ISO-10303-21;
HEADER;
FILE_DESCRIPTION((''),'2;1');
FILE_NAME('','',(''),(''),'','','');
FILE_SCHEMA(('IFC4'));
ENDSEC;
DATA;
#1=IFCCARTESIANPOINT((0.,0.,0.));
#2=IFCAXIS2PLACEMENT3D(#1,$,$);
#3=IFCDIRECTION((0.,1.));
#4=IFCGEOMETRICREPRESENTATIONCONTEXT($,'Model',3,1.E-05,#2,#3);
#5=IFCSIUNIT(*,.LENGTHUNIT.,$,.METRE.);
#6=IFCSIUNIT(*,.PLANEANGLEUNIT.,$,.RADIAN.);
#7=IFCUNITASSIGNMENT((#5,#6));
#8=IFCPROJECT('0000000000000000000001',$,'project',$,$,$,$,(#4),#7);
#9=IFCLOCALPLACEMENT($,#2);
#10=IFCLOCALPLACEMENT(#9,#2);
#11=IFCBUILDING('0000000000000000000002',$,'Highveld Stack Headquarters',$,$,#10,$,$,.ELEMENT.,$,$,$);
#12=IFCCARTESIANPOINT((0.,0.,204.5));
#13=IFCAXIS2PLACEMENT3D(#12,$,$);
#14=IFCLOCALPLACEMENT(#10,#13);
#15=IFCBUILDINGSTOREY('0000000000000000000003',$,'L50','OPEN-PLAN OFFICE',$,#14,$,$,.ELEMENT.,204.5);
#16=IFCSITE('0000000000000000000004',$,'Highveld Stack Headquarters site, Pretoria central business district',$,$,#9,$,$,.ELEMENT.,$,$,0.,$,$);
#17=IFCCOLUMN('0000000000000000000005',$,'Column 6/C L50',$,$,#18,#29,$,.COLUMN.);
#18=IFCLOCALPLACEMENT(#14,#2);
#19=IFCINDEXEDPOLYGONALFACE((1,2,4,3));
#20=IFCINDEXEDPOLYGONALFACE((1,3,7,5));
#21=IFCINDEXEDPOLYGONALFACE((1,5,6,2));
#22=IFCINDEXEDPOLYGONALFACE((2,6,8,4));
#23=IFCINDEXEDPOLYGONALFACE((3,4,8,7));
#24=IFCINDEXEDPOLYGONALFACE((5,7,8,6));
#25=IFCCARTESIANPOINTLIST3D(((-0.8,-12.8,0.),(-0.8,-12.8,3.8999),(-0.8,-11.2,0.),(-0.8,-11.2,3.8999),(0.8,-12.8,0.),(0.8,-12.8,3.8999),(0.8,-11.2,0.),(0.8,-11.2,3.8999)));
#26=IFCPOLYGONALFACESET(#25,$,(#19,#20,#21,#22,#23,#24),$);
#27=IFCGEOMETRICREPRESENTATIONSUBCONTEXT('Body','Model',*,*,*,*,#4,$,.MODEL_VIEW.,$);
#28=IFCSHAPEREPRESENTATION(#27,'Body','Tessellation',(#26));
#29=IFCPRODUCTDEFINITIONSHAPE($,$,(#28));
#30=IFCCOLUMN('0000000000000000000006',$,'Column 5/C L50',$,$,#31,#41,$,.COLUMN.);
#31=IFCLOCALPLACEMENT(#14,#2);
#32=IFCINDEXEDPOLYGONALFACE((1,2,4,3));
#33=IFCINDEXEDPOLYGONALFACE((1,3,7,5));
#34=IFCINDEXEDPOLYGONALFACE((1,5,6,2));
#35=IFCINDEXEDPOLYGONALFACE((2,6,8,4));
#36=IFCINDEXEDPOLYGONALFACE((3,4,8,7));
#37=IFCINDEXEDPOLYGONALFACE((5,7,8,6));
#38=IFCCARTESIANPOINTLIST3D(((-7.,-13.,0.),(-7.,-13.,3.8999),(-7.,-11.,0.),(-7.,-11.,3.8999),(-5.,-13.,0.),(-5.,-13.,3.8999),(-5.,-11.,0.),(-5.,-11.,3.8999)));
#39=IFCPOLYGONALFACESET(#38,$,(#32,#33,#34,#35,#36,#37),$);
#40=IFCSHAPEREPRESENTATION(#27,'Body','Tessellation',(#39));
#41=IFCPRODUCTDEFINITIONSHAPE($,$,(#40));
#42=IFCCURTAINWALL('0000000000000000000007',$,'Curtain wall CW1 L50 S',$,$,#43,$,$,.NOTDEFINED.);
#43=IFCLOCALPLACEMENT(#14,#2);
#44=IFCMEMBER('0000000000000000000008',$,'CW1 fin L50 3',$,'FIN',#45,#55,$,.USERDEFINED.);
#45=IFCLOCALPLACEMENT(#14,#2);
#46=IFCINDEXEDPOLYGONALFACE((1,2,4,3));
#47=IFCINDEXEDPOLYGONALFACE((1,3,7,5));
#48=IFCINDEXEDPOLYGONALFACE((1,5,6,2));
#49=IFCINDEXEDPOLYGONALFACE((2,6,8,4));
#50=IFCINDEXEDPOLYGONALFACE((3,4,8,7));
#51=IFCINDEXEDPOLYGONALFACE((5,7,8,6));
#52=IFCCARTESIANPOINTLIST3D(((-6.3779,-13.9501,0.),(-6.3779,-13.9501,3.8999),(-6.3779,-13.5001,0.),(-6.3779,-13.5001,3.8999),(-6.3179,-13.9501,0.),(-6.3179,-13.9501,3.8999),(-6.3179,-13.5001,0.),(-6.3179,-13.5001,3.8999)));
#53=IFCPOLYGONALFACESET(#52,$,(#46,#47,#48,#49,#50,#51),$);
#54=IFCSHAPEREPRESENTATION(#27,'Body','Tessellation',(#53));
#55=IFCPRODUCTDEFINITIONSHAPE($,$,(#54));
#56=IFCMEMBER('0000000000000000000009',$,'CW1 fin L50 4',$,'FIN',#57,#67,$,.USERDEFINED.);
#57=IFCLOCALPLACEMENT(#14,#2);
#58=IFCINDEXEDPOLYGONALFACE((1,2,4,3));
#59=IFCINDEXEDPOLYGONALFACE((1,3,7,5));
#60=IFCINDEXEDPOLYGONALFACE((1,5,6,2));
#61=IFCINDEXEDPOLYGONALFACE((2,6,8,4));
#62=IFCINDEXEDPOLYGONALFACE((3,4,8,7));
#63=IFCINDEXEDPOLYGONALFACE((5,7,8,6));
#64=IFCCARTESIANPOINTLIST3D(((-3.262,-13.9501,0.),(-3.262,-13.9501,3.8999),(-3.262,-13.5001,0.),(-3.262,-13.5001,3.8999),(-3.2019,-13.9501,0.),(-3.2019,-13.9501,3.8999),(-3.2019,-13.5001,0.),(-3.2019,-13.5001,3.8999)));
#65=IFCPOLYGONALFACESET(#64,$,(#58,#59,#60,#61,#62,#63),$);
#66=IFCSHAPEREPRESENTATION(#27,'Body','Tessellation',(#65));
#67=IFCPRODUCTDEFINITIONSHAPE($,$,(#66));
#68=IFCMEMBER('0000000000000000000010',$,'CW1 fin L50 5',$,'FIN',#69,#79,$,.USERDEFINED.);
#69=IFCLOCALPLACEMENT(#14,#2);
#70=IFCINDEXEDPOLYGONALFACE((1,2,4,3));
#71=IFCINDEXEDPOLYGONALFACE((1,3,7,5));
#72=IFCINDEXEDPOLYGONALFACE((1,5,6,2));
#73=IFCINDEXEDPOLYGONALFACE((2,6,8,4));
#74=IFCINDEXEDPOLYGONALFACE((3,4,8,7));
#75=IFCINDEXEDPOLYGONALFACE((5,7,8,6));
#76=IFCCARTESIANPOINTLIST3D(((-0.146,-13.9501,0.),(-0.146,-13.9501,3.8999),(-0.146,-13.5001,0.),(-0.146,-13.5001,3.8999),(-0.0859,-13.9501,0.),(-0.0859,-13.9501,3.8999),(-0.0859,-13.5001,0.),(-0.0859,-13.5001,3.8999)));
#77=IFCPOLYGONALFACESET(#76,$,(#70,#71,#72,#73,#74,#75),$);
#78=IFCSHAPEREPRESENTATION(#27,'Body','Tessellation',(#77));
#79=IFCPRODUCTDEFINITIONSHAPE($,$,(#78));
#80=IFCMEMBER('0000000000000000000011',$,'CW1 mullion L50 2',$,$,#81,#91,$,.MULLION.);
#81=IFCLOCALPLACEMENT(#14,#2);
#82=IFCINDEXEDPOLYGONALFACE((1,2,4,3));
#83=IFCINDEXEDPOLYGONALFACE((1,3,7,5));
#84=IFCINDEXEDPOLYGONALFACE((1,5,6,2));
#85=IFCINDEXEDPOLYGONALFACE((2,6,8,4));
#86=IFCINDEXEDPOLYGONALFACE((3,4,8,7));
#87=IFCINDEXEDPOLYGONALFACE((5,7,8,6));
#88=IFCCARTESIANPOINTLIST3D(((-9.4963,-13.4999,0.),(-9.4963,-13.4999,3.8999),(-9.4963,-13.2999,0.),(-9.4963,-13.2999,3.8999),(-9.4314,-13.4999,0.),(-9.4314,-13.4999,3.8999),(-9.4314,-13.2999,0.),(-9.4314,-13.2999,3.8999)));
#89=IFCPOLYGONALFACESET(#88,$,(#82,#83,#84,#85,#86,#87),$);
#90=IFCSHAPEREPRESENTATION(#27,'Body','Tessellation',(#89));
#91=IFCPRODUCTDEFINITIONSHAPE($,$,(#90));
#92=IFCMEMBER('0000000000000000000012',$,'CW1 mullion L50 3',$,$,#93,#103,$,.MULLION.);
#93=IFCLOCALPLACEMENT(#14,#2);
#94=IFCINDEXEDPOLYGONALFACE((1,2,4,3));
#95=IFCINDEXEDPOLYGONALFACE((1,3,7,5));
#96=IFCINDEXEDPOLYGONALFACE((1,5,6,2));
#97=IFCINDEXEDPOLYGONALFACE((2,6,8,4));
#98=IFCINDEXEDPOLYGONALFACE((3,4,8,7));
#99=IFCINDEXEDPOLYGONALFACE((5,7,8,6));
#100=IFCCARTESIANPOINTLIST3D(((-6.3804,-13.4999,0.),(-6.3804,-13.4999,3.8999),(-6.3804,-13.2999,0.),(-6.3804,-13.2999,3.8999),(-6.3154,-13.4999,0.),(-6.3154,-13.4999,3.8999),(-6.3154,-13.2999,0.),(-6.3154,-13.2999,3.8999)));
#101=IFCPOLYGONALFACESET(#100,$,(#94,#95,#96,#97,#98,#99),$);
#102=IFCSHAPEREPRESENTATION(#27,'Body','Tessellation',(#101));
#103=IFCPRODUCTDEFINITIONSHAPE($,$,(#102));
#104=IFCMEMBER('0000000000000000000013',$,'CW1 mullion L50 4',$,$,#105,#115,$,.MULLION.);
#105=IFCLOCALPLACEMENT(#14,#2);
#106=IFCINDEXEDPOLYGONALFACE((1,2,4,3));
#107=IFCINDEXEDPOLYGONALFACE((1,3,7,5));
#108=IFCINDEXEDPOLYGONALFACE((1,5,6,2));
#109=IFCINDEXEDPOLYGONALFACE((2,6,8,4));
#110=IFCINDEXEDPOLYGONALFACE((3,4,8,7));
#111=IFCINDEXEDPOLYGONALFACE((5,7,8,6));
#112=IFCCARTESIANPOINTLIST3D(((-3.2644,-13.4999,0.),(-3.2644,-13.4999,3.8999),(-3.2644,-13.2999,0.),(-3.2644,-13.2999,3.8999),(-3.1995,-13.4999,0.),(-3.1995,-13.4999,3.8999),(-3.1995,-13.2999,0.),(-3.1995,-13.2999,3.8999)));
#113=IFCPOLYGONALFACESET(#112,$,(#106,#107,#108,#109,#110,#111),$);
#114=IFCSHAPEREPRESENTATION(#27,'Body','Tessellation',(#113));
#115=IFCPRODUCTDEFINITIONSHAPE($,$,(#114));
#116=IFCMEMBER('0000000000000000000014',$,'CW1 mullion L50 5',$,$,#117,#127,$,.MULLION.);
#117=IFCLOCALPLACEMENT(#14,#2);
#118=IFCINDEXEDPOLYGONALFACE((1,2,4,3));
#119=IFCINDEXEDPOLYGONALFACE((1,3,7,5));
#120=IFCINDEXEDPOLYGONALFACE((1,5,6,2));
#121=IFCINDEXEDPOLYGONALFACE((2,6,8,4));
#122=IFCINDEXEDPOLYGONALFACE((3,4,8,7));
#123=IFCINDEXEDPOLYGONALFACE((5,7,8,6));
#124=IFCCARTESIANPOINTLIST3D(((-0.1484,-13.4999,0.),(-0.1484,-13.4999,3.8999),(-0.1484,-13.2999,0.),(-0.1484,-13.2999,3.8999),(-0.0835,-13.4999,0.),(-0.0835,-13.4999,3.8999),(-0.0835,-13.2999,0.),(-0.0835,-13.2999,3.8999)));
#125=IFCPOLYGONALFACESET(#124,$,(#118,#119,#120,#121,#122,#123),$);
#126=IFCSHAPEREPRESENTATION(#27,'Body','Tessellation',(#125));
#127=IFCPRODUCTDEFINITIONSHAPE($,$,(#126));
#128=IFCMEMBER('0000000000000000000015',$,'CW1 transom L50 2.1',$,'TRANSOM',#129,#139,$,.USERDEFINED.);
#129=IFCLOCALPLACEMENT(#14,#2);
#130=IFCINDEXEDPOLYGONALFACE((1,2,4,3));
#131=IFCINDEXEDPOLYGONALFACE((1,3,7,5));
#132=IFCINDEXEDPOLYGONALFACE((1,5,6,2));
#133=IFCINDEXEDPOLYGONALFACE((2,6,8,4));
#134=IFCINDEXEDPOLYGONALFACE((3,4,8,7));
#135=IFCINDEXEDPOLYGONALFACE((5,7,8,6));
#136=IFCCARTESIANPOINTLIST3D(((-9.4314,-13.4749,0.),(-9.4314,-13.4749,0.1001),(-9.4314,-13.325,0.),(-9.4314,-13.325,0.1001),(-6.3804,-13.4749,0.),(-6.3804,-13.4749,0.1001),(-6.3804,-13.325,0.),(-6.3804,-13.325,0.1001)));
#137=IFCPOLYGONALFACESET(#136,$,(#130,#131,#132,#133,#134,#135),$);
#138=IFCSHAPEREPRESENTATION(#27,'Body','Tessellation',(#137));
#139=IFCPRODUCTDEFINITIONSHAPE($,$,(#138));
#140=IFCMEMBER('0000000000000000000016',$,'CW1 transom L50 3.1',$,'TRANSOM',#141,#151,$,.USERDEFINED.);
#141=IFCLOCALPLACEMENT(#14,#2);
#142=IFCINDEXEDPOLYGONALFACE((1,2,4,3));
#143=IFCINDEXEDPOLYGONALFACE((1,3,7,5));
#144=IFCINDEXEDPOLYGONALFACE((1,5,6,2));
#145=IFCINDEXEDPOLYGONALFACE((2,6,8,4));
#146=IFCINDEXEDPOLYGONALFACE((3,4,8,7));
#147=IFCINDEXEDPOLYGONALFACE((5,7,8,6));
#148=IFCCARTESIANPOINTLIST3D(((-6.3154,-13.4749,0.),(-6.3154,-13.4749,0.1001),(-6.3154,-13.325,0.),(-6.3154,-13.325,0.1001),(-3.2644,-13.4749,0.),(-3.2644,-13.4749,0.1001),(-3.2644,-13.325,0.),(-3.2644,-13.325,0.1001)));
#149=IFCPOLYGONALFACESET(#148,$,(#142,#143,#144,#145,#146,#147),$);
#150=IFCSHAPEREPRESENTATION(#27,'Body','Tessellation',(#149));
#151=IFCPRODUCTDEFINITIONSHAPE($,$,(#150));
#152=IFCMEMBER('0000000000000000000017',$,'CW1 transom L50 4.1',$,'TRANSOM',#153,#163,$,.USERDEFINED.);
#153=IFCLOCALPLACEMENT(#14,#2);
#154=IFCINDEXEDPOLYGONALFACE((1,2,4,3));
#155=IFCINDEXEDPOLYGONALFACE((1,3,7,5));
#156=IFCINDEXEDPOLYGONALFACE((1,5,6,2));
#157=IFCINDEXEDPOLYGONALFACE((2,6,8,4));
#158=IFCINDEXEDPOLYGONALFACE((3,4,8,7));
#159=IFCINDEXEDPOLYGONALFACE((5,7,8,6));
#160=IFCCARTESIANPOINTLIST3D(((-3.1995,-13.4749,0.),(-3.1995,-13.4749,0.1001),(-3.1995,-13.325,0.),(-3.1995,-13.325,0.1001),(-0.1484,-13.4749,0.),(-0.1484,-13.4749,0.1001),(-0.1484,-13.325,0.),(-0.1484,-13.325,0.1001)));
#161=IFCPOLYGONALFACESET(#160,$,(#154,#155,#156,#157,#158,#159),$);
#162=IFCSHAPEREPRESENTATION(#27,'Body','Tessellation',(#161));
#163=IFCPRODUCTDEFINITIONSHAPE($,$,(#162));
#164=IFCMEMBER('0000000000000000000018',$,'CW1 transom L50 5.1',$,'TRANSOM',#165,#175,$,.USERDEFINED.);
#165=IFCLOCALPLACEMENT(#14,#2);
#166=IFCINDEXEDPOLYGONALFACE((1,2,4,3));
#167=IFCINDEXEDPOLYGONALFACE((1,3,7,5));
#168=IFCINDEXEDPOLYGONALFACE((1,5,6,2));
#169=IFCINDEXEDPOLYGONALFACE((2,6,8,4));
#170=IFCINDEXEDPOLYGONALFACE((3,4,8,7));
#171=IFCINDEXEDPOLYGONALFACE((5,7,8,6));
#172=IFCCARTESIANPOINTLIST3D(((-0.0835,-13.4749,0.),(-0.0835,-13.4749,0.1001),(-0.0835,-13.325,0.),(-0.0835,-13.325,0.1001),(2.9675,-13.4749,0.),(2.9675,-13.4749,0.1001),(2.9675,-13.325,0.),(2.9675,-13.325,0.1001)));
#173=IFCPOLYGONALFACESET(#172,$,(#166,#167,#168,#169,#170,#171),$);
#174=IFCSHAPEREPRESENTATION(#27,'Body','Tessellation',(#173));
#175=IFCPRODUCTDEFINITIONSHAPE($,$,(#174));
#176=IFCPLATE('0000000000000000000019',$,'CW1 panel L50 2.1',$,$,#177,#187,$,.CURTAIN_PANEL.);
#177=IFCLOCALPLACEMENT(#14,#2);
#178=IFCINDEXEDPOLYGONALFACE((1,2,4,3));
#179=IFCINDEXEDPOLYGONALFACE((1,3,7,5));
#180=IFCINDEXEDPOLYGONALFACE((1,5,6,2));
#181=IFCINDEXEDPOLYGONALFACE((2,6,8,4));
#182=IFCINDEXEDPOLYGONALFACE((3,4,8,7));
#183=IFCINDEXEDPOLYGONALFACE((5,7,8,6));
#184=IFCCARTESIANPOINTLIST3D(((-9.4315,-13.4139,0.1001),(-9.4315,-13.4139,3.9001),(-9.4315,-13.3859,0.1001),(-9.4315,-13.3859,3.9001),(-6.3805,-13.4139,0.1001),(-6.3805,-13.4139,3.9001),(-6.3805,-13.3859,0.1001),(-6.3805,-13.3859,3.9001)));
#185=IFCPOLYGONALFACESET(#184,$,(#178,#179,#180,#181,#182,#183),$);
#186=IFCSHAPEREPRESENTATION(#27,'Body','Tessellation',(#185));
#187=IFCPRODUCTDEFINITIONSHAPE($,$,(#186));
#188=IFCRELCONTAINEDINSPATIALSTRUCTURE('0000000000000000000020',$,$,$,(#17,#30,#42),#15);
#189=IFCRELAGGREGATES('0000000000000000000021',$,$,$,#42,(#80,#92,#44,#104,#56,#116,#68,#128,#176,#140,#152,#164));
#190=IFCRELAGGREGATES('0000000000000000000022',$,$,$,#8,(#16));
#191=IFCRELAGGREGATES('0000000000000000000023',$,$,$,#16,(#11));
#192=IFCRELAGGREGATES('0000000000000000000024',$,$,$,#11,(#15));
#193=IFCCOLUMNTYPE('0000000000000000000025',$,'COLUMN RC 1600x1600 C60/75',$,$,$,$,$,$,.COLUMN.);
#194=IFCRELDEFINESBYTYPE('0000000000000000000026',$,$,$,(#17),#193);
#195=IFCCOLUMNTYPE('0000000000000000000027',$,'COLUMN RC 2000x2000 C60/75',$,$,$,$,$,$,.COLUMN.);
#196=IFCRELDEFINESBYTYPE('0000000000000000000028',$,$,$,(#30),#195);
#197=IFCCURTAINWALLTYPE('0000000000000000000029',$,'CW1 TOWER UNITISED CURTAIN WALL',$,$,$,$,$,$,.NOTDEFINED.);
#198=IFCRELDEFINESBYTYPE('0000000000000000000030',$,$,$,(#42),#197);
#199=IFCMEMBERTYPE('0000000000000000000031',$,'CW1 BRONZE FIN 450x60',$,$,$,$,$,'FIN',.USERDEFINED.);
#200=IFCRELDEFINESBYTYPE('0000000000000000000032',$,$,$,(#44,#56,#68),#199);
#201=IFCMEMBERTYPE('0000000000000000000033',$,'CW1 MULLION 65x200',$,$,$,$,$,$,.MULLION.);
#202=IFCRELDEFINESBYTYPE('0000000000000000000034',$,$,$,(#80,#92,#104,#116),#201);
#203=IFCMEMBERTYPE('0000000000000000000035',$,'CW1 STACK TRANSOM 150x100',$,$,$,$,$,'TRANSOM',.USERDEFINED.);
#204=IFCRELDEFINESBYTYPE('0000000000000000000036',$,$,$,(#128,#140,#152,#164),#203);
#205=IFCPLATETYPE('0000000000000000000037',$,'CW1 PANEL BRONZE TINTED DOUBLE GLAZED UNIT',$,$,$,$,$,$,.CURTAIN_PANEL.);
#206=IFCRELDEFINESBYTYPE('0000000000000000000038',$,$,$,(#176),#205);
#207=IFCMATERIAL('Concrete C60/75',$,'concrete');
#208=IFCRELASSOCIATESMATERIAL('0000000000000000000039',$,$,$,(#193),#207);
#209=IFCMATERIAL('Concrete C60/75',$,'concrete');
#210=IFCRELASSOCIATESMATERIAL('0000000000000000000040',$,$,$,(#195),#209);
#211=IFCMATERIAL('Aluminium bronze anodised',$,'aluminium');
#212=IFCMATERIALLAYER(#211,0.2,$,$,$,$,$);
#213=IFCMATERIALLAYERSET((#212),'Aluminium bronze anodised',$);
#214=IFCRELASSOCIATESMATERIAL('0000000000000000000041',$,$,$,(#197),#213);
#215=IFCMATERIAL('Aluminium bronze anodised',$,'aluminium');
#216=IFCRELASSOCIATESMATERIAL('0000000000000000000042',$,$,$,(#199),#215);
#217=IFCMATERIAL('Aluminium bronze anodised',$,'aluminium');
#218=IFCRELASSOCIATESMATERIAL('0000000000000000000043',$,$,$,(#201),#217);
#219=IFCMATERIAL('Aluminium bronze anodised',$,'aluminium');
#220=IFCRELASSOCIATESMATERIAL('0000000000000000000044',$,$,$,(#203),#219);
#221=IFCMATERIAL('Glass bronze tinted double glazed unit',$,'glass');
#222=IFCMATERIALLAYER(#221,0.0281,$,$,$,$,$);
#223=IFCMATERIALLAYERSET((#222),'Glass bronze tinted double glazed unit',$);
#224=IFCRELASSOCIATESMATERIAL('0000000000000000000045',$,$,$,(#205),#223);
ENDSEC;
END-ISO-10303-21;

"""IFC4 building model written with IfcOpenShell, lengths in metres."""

from ifc_helpers import new_model, si_unit, direction, frame, origin, origin_2d, place, context, subcontext, project, spatial, rectangle, extrude, material, layer, layer_set, material_profile, profile_set, type_object, element, aggregate, save


model = new_model("IFC4")

# Units and contexts
model_context = context("Model", 3, precision=1e-05, world=origin(), true_north=direction((0.0, 1.0)))
body_context = subcontext(model_context, "Body", "Model", "MODEL_VIEW")
ifc_project = project(units=[si_unit("LENGTHUNIT", "METRE"), si_unit("PLANEANGLEUNIT", "RADIAN")], contexts=[model_context])

# Site, building, storey
site_placement = place(None, origin())
site = spatial("IfcSite", under=ifc_project, at=site_placement, Name="Highveld Stack Headquarters site, Pretoria central business district", CompositionType="ELEMENT", RefElevation=0.0)
building_placement = place(site_placement, origin())
building = spatial("IfcBuilding", under=site, at=building_placement, Name="Highveld Stack Headquarters", CompositionType="ELEMENT")
storey_placement = place(building_placement, frame((0.0, 0.0, 204.5)))
storey = spatial("IfcBuildingStorey", under=building, at=storey_placement, Name="L50", Description="OPEN-PLAN OFFICE", CompositionType="ELEMENT", Elevation=204.5)

# Columns
ifc_material_1 = material(Name="Concrete C60/75", Category="concrete")
ifc_material_profile_1 = material_profile(ifc_material_1, rectangle(XDim=1.6001, YDim=1.6001, at=origin_2d()), Name="RC 1600x1600")
ifc_profile_set_1 = profile_set([ifc_material_profile_1], Name="Concrete C60/75")
column_type_1 = type_object("IfcColumnType", Name="COLUMN RC 1600x1600 C60/75", PredefinedType="COLUMN", material=ifc_profile_set_1)
column_1_placement = place(storey_placement, frame((0.0, -12.0, 0.0), z_axis=(0.0, 0.0, 1.0), x_axis=(1.0, 0.0, 0.0)))
element("IfcColumn", 1, at=column_1_placement, inside=storey, type_object=column_type_1, Name="Column 6/C L50", PredefinedType="COLUMN", context=body_context, shape_type="SweptSolid", body=[
    extrude(rectangle(XDim=1.6001, YDim=1.6001, at=origin_2d()), origin(), (0.0, 0.0, 1.0), 3.8999),
])
ifc_material_2 = material(Name="Concrete C60/75", Category="concrete")
ifc_material_profile_2 = material_profile(ifc_material_2, rectangle(XDim=2.0, YDim=2.0, at=origin_2d()), Name="RC 2000x2000")
ifc_profile_set_2 = profile_set([ifc_material_profile_2], Name="Concrete C60/75")
column_type_2 = type_object("IfcColumnType", Name="COLUMN RC 2000x2000 C60/75", PredefinedType="COLUMN", material=ifc_profile_set_2)
column_2_placement = place(storey_placement, frame((-6.0, -12.0, 0.0), z_axis=(0.0, 0.0, 1.0), x_axis=(1.0, 0.0, 0.0)))
element("IfcColumn", 2, at=column_2_placement, inside=storey, type_object=column_type_2, Name="Column 5/C L50", PredefinedType="COLUMN", context=body_context, shape_type="SweptSolid", body=[
    extrude(rectangle(XDim=2.0, YDim=2.0, at=origin_2d()), origin(), (0.0, 0.0, 1.0), 3.8999),
])

# Curtain wall, members, plate
ifc_material_3 = material(Name="Aluminium bronze anodised", Category="aluminium")
ifc_layer_1 = layer(ifc_material_3, 0.2)
ifc_layer_set_1 = layer_set([ifc_layer_1], Name="Aluminium bronze anodised")
curtain_wall_type = type_object("IfcCurtainWallType", Name="CW1 TOWER UNITISED CURTAIN WALL", PredefinedType="NOTDEFINED", material=ifc_layer_set_1)
curtain_wall_placement = place(storey_placement, origin())
curtain_wall = element("IfcCurtainWall", 3, at=curtain_wall_placement, inside=storey, type_object=curtain_wall_type, Name="Curtain wall CW1 L50 S", PredefinedType="NOTDEFINED")
ifc_material_4 = material(Name="Aluminium bronze anodised", Category="aluminium")
ifc_material_profile_3 = material_profile(ifc_material_4, rectangle(XDim=0.45, YDim=0.0601, at=origin_2d()), Name="FIN 450x60")
ifc_profile_set_3 = profile_set([ifc_material_profile_3], Name="Aluminium bronze anodised")
member_type_1 = type_object("IfcMemberType", Name="CW1 BRONZE FIN 450x60", ElementType="FIN", PredefinedType="USERDEFINED", material=ifc_profile_set_3)
member_1_placement = place(storey_placement, frame((-6.3479, -13.7251, 0.0), z_axis=(0.0, 0.0, 1.0), x_axis=(0.0, 1.0, 0.0)))
member_1 = element("IfcMember", 4, at=member_1_placement, type_object=member_type_1, Name="CW1 fin L50 3", ObjectType="FIN", PredefinedType="USERDEFINED", context=body_context, shape_type="SweptSolid", body=[
    extrude(rectangle(XDim=0.45, YDim=0.0601, at=origin_2d()), origin(), (0.0, 0.0, 1.0), 3.8999),
])
member_2_placement = place(storey_placement, frame((-3.2319, -13.7251, 0.0), z_axis=(0.0, 0.0, 1.0), x_axis=(0.0, 1.0, 0.0)))
member_2 = element("IfcMember", 5, at=member_2_placement, type_object=member_type_1, Name="CW1 fin L50 4", ObjectType="FIN", PredefinedType="USERDEFINED", context=body_context, shape_type="SweptSolid", body=[
    extrude(rectangle(XDim=0.45, YDim=0.0601, at=origin_2d()), origin(), (0.0, 0.0, 1.0), 3.8999),
])
member_3_placement = place(storey_placement, frame((-0.116, -13.7251, 0.0), z_axis=(0.0, 0.0, 1.0), x_axis=(0.0, 1.0, 0.0)))
member_3 = element("IfcMember", 6, at=member_3_placement, type_object=member_type_1, Name="CW1 fin L50 5", ObjectType="FIN", PredefinedType="USERDEFINED", context=body_context, shape_type="SweptSolid", body=[
    extrude(rectangle(XDim=0.45, YDim=0.0601, at=origin_2d()), origin(), (0.0, 0.0, 1.0), 3.8999),
])
ifc_material_5 = material(Name="Aluminium bronze anodised", Category="aluminium")
ifc_material_profile_4 = material_profile(ifc_material_5, rectangle(XDim=0.2, YDim=0.0649, at=origin_2d()), Name="CW1 MULLION 65x200")
ifc_profile_set_4 = profile_set([ifc_material_profile_4], Name="Aluminium bronze anodised")
member_type_2 = type_object("IfcMemberType", Name="CW1 MULLION 65x200", PredefinedType="MULLION", material=ifc_profile_set_4)
member_4_placement = place(storey_placement, frame((-9.4639, -13.3999, 0.0), z_axis=(0.0, 0.0, 1.0), x_axis=(0.0, 1.0, 0.0)))
member_4 = element("IfcMember", 7, at=member_4_placement, type_object=member_type_2, Name="CW1 mullion L50 2", PredefinedType="MULLION", context=body_context, shape_type="SweptSolid", body=[
    extrude(rectangle(XDim=0.2, YDim=0.0649, at=origin_2d()), origin(), (0.0, 0.0, 1.0), 3.8999),
])
member_5_placement = place(storey_placement, frame((-6.3479, -13.3999, 0.0), z_axis=(0.0, 0.0, 1.0), x_axis=(0.0, 1.0, 0.0)))
member_5 = element("IfcMember", 8, at=member_5_placement, type_object=member_type_2, Name="CW1 mullion L50 3", PredefinedType="MULLION", context=body_context, shape_type="SweptSolid", body=[
    extrude(rectangle(XDim=0.2, YDim=0.0649, at=origin_2d()), origin(), (0.0, 0.0, 1.0), 3.8999),
])
member_6_placement = place(storey_placement, frame((-3.2319, -13.3999, 0.0), z_axis=(0.0, 0.0, 1.0), x_axis=(0.0, 1.0, 0.0)))
member_6 = element("IfcMember", 9, at=member_6_placement, type_object=member_type_2, Name="CW1 mullion L50 4", PredefinedType="MULLION", context=body_context, shape_type="SweptSolid", body=[
    extrude(rectangle(XDim=0.2, YDim=0.0649, at=origin_2d()), origin(), (0.0, 0.0, 1.0), 3.8999),
])
member_7_placement = place(storey_placement, frame((-0.116, -13.3999, 0.0), z_axis=(0.0, 0.0, 1.0), x_axis=(0.0, 1.0, 0.0)))
member_7 = element("IfcMember", 10, at=member_7_placement, type_object=member_type_2, Name="CW1 mullion L50 5", PredefinedType="MULLION", context=body_context, shape_type="SweptSolid", body=[
    extrude(rectangle(XDim=0.2, YDim=0.0649, at=origin_2d()), origin(), (0.0, 0.0, 1.0), 3.8999),
])
ifc_material_6 = material(Name="Aluminium bronze anodised", Category="aluminium")
ifc_material_profile_5 = material_profile(ifc_material_6, rectangle(XDim=0.1499, YDim=0.1001, at=origin_2d()), Name="CW1 TRANSOM 150x100")
ifc_profile_set_5 = profile_set([ifc_material_profile_5], Name="Aluminium bronze anodised")
member_type_3 = type_object("IfcMemberType", Name="CW1 STACK TRANSOM 150x100", ElementType="TRANSOM", PredefinedType="USERDEFINED", material=ifc_profile_set_5)
member_8_placement = place(storey_placement, frame((-9.4314, -13.3999, 0.05), z_axis=(1.0, 0.0, 0.0), x_axis=(0.0, 1.0, 0.0)))
member_8 = element("IfcMember", 11, at=member_8_placement, type_object=member_type_3, Name="CW1 transom L50 2.1", ObjectType="TRANSOM", PredefinedType="USERDEFINED", context=body_context, shape_type="SweptSolid", body=[
    extrude(rectangle(XDim=0.1499, YDim=0.1001, at=origin_2d()), origin(), (0.0, 0.0, 1.0), 3.051),
])
member_9_placement = place(storey_placement, frame((-6.3154, -13.3999, 0.05), z_axis=(1.0, 0.0, 0.0), x_axis=(0.0, 1.0, 0.0)))
member_9 = element("IfcMember", 12, at=member_9_placement, type_object=member_type_3, Name="CW1 transom L50 3.1", ObjectType="TRANSOM", PredefinedType="USERDEFINED", context=body_context, shape_type="SweptSolid", body=[
    extrude(rectangle(XDim=0.1499, YDim=0.1001, at=origin_2d()), origin(), (0.0, 0.0, 1.0), 3.051),
])
member_10_placement = place(storey_placement, frame((-3.1995, -13.3999, 0.05), z_axis=(1.0, 0.0, 0.0), x_axis=(0.0, 1.0, 0.0)))
member_10 = element("IfcMember", 13, at=member_10_placement, type_object=member_type_3, Name="CW1 transom L50 4.1", ObjectType="TRANSOM", PredefinedType="USERDEFINED", context=body_context, shape_type="SweptSolid", body=[
    extrude(rectangle(XDim=0.1499, YDim=0.1001, at=origin_2d()), origin(), (0.0, 0.0, 1.0), 3.051),
])
member_11_placement = place(storey_placement, frame((-0.0835, -13.3999, 0.05), z_axis=(1.0, 0.0, 0.0), x_axis=(0.0, 1.0, 0.0)))
member_11 = element("IfcMember", 14, at=member_11_placement, type_object=member_type_3, Name="CW1 transom L50 5.1", ObjectType="TRANSOM", PredefinedType="USERDEFINED", context=body_context, shape_type="SweptSolid", body=[
    extrude(rectangle(XDim=0.1499, YDim=0.1001, at=origin_2d()), origin(), (0.0, 0.0, 1.0), 3.051),
])
ifc_material_7 = material(Name="Glass bronze tinted double glazed unit", Category="glass")
ifc_layer_2 = layer(ifc_material_7, 0.0281)
ifc_layer_set_2 = layer_set([ifc_layer_2], Name="Glass bronze tinted double glazed unit")
plate_type = type_object("IfcPlateType", Name="CW1 PANEL BRONZE TINTED DOUBLE GLAZED UNIT", PredefinedType="CURTAIN_PANEL", material=ifc_layer_set_2)
plate_1_placement = place(storey_placement, frame((-7.906, -13.3999, 0.1001), z_axis=(0.0, 0.0, 1.0), x_axis=(1.0, 0.0, 0.0)))
plate_1 = element("IfcPlate", 15, at=plate_1_placement, type_object=plate_type, Name="CW1 panel L50 2.1", PredefinedType="CURTAIN_PANEL", context=body_context, shape_type="SweptSolid", body=[
    extrude(rectangle(XDim=3.051, YDim=0.0281, at=origin_2d()), origin(), (0.0, 0.0, 1.0), 3.8),
])
aggregate(curtain_wall, [member_4, member_5, member_1, member_6, member_2, member_7, member_3, member_8, plate_1, member_9, member_10, member_11])

save(model, "model.ifc")
